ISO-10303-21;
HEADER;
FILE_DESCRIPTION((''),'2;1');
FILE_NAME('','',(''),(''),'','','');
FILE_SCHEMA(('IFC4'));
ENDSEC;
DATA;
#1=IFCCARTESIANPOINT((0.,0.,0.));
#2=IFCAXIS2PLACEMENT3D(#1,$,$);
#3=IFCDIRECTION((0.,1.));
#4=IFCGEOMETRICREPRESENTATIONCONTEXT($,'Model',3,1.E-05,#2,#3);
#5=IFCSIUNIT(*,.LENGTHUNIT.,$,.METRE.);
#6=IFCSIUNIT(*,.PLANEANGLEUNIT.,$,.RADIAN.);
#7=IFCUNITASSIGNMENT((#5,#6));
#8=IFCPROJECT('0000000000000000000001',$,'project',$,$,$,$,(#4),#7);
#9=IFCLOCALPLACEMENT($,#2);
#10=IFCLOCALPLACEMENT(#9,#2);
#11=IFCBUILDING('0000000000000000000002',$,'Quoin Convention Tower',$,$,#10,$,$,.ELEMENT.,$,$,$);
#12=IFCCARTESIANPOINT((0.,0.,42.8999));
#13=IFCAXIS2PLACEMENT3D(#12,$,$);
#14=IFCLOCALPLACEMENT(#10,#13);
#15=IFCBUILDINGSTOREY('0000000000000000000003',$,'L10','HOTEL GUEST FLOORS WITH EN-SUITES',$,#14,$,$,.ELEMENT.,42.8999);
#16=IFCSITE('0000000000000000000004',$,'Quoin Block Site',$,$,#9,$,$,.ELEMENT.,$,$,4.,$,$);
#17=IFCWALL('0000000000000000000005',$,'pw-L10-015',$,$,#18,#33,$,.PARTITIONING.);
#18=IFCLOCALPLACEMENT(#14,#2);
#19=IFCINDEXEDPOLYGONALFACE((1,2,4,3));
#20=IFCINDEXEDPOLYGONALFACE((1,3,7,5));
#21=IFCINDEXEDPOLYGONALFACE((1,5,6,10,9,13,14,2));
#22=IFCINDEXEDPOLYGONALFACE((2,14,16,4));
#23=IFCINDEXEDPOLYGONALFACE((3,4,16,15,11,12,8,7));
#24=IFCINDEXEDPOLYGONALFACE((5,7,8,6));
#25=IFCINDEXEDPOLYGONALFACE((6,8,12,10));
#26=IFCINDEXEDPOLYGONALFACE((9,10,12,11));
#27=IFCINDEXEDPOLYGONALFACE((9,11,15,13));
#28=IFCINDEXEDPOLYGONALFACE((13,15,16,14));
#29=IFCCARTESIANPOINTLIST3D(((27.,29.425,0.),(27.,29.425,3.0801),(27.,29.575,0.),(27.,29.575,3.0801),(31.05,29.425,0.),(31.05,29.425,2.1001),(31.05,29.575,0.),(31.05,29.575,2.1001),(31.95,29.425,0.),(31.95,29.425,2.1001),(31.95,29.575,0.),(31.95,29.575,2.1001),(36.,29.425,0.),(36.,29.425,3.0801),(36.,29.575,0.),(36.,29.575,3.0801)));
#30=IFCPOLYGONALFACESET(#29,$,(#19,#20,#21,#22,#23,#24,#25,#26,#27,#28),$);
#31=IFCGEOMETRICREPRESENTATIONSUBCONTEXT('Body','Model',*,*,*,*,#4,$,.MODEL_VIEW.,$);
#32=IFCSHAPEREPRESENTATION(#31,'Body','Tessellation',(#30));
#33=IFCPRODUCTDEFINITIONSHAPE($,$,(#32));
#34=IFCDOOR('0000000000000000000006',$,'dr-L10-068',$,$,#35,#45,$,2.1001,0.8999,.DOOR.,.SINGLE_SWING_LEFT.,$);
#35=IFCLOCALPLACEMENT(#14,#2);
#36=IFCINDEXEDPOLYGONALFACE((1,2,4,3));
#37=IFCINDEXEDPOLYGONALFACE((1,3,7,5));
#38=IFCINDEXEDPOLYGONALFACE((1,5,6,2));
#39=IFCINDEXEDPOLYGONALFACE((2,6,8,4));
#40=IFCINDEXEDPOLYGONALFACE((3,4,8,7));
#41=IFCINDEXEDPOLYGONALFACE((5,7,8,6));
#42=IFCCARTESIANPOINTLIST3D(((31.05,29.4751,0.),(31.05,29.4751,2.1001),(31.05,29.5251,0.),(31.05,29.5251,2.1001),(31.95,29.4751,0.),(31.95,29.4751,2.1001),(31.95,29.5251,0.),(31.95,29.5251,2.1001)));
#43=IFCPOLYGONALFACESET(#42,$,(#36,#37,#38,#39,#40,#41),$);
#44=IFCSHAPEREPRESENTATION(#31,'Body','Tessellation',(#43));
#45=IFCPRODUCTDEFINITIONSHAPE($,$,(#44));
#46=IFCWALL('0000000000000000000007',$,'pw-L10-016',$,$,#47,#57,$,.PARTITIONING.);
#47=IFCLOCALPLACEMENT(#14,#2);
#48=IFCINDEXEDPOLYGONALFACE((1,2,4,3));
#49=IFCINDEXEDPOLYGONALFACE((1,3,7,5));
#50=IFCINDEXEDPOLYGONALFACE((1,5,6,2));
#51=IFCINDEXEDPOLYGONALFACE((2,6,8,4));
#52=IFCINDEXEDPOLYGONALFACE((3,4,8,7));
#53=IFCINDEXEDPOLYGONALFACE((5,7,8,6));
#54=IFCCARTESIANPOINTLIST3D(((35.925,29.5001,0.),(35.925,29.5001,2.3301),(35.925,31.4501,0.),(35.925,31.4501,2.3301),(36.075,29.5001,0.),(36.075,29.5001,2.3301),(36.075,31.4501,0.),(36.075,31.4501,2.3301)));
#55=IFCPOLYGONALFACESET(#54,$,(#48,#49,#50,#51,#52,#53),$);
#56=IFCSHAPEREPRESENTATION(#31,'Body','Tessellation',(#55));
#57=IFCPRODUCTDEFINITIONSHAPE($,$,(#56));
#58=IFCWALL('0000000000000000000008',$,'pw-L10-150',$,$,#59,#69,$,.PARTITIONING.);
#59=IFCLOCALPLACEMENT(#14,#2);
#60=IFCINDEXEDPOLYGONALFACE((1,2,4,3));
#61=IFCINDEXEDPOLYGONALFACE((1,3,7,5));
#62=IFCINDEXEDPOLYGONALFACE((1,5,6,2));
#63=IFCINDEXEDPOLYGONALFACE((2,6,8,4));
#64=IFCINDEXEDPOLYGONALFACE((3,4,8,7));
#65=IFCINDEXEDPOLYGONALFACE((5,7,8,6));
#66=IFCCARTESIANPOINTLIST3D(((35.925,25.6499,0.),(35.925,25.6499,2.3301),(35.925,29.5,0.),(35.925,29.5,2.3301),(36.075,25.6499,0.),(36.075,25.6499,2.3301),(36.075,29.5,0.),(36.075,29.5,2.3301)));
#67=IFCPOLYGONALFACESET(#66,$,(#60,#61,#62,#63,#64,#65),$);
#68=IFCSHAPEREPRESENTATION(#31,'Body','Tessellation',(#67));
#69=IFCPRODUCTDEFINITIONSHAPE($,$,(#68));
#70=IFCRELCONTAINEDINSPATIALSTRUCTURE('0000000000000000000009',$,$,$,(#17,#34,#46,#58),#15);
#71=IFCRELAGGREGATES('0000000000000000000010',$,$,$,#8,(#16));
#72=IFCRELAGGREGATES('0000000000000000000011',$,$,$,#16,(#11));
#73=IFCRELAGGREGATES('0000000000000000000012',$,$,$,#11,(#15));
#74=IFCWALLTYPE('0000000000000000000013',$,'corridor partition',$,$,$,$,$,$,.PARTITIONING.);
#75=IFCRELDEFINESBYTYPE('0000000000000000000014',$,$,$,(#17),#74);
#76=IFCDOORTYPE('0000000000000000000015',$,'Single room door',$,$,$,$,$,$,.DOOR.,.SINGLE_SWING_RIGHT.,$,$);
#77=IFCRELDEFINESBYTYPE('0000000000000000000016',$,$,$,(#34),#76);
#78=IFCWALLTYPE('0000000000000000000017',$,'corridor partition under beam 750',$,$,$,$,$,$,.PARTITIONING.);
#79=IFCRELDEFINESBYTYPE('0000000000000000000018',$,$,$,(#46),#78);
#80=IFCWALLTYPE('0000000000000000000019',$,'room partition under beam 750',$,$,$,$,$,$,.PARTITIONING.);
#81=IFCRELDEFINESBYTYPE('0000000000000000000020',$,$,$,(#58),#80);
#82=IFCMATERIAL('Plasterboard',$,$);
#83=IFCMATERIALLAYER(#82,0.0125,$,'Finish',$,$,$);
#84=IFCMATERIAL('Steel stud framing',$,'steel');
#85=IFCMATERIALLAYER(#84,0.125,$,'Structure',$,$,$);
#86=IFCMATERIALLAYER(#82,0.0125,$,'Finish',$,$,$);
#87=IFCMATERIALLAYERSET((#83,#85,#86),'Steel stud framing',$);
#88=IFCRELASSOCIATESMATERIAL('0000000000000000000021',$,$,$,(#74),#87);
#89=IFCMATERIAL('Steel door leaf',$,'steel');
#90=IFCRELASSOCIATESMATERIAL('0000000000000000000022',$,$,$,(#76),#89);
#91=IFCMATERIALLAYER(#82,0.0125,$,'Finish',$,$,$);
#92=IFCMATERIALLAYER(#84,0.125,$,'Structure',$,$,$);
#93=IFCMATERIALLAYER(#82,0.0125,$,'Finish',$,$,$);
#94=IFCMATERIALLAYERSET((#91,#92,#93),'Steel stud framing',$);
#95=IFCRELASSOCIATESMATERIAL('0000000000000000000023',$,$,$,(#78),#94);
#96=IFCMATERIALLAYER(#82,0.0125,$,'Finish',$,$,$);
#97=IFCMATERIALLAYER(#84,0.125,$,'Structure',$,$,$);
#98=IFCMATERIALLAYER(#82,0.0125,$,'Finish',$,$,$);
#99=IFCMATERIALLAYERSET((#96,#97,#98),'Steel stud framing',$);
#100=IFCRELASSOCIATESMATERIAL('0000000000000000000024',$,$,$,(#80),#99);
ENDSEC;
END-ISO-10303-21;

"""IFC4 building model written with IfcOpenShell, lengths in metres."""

from ifc_helpers import new_model, si_unit, direction, frame, frame_2d, origin, place, context, subcontext, project, spatial, rectangle, extrude, material, layer, layer_set, type_object, element, fill, save


model = new_model("IFC4")

# Units and contexts
model_context = context("Model", 3, precision=1e-05, world=origin(), true_north=direction((0.0, 1.0)))
body_context = subcontext(model_context, "Body", "Model", "MODEL_VIEW")
ifc_project = project(units=[si_unit("LENGTHUNIT", "METRE"), si_unit("PLANEANGLEUNIT", "RADIAN")], contexts=[model_context])

# Site, building, storey
site_placement = place(None, origin())
site = spatial("IfcSite", under=ifc_project, at=site_placement, Name="Quoin Block Site", CompositionType="ELEMENT", RefElevation=4.0)
building_placement = place(site_placement, origin())
building = spatial("IfcBuilding", under=site, at=building_placement, Name="Quoin Convention Tower", CompositionType="ELEMENT")
storey_placement = place(building_placement, frame((0.0, 0.0, 42.8999)))
storey = spatial("IfcBuildingStorey", under=building, at=storey_placement, Name="L10", Description="HOTEL GUEST FLOORS WITH EN-SUITES", CompositionType="ELEMENT", Elevation=42.8999)

# Wall, opening, door
ifc_material_1 = material(Name="Plasterboard")
ifc_layer_1 = layer(ifc_material_1, 0.0125, Name="Finish")
ifc_material_2 = material(Name="Steel stud framing", Category="steel")
ifc_layer_2 = layer(ifc_material_2, 0.125, Name="Structure")
ifc_layer_3 = layer(ifc_material_1, 0.0125, Name="Finish")
ifc_layer_set_1 = layer_set([ifc_layer_1, ifc_layer_2, ifc_layer_3], Name="Steel stud framing")
wall_type_1 = type_object("IfcWallType", Name="corridor partition", PredefinedType="PARTITIONING", material=ifc_layer_set_1)
wall_1_placement = place(storey_placement, frame((27.0, 29.5, 0.0), z_axis=(0.0, 0.0, 1.0), x_axis=(1.0, 0.0, 0.0)))
wall_1 = element("IfcWall", 1, at=wall_1_placement, inside=storey, type_object=wall_type_1, Name="pw-L10-015", PredefinedType="PARTITIONING", context=body_context, shape_type="SweptSolid", body=[
    extrude(rectangle(XDim=9.0, YDim=0.1499, at=frame_2d((4.5, 0.0))), origin(), (0.0, 0.0, 1.0), 3.0801),
])
opening_1_placement = place(wall_1_placement, frame((4.05, 0.0, 0.0)))
opening_1 = element("IfcOpeningElement", 2, at=opening_1_placement, cuts=wall_1, PredefinedType="OPENING", context=body_context, shape_type="SweptSolid", body=[
    extrude(rectangle(XDim=0.8999, YDim=2.1001, at=frame_2d((0.45, 1.05))), frame((0.0, 0.085, 0.0), z_axis=(0.0, -1.0, 0.0), x_axis=(1.0, 0.0, 0.0)), (0.0, 0.0, 1.0), 0.1699),
])
ifc_material_3 = material(Name="Steel door leaf", Category="steel")
door_type = type_object("IfcDoorType", Name="Single room door", OperationType="SINGLE_SWING_RIGHT", PredefinedType="DOOR", material=ifc_material_3)
door_placement = place(opening_1_placement, frame((0.8999, 0.0, 0.0), z_axis=(0.0, 0.0, 1.0), x_axis=(-1.0, 0.0, 0.0)))
door = element("IfcDoor", 3, at=door_placement, inside=storey, type_object=door_type, Name="dr-L10-068", OperationType="SINGLE_SWING_LEFT", OverallHeight=2.1001, OverallWidth=0.8999, PredefinedType="DOOR", context=body_context, shape_type="SweptSolid", body=[
    extrude(rectangle(XDim=0.8999, YDim=2.1001, at=frame_2d((0.45, 1.05))), frame((0.0, 0.0249, 0.0), z_axis=(0.0, -1.0, 0.0), x_axis=(1.0, 0.0, 0.0)), (0.0, 0.0, 1.0), 0.05),
])
fill(opening_1, door)

# Walls
ifc_layer_4 = layer(ifc_material_1, 0.0125, Name="Finish")
ifc_layer_5 = layer(ifc_material_2, 0.125, Name="Structure")
ifc_layer_6 = layer(ifc_material_1, 0.0125, Name="Finish")
ifc_layer_set_2 = layer_set([ifc_layer_4, ifc_layer_5, ifc_layer_6], Name="Steel stud framing")
wall_type_2 = type_object("IfcWallType", Name="corridor partition under beam 750", PredefinedType="PARTITIONING", material=ifc_layer_set_2)
wall_2_placement = place(storey_placement, frame((36.0, 29.5, 0.0), z_axis=(0.0, 0.0, 1.0), x_axis=(0.0, 1.0, 0.0)))
element("IfcWall", 4, at=wall_2_placement, inside=storey, type_object=wall_type_2, Name="pw-L10-016", PredefinedType="PARTITIONING", context=body_context, shape_type="SweptSolid", body=[
    extrude(rectangle(XDim=1.95, YDim=0.1499, at=frame_2d((0.9751, 0.0))), origin(), (0.0, 0.0, 1.0), 2.3301),
])
ifc_layer_7 = layer(ifc_material_1, 0.0125, Name="Finish")
ifc_layer_8 = layer(ifc_material_2, 0.125, Name="Structure")
ifc_layer_9 = layer(ifc_material_1, 0.0125, Name="Finish")
ifc_layer_set_3 = layer_set([ifc_layer_7, ifc_layer_8, ifc_layer_9], Name="Steel stud framing")
wall_type_3 = type_object("IfcWallType", Name="room partition under beam 750", PredefinedType="PARTITIONING", material=ifc_layer_set_3)
wall_3_placement = place(storey_placement, frame((36.0, 25.6499, 0.0), z_axis=(0.0, 0.0, 1.0), x_axis=(0.0, 1.0, 0.0)))
element("IfcWall", 5, at=wall_3_placement, inside=storey, type_object=wall_type_3, Name="pw-L10-150", PredefinedType="PARTITIONING", context=body_context, shape_type="SweptSolid", body=[
    extrude(rectangle(XDim=3.8501, YDim=0.1499, at=frame_2d((1.925, 0.0))), origin(), (0.0, 0.0, 1.0), 2.3301),
])

save(model, "model.ifc")
